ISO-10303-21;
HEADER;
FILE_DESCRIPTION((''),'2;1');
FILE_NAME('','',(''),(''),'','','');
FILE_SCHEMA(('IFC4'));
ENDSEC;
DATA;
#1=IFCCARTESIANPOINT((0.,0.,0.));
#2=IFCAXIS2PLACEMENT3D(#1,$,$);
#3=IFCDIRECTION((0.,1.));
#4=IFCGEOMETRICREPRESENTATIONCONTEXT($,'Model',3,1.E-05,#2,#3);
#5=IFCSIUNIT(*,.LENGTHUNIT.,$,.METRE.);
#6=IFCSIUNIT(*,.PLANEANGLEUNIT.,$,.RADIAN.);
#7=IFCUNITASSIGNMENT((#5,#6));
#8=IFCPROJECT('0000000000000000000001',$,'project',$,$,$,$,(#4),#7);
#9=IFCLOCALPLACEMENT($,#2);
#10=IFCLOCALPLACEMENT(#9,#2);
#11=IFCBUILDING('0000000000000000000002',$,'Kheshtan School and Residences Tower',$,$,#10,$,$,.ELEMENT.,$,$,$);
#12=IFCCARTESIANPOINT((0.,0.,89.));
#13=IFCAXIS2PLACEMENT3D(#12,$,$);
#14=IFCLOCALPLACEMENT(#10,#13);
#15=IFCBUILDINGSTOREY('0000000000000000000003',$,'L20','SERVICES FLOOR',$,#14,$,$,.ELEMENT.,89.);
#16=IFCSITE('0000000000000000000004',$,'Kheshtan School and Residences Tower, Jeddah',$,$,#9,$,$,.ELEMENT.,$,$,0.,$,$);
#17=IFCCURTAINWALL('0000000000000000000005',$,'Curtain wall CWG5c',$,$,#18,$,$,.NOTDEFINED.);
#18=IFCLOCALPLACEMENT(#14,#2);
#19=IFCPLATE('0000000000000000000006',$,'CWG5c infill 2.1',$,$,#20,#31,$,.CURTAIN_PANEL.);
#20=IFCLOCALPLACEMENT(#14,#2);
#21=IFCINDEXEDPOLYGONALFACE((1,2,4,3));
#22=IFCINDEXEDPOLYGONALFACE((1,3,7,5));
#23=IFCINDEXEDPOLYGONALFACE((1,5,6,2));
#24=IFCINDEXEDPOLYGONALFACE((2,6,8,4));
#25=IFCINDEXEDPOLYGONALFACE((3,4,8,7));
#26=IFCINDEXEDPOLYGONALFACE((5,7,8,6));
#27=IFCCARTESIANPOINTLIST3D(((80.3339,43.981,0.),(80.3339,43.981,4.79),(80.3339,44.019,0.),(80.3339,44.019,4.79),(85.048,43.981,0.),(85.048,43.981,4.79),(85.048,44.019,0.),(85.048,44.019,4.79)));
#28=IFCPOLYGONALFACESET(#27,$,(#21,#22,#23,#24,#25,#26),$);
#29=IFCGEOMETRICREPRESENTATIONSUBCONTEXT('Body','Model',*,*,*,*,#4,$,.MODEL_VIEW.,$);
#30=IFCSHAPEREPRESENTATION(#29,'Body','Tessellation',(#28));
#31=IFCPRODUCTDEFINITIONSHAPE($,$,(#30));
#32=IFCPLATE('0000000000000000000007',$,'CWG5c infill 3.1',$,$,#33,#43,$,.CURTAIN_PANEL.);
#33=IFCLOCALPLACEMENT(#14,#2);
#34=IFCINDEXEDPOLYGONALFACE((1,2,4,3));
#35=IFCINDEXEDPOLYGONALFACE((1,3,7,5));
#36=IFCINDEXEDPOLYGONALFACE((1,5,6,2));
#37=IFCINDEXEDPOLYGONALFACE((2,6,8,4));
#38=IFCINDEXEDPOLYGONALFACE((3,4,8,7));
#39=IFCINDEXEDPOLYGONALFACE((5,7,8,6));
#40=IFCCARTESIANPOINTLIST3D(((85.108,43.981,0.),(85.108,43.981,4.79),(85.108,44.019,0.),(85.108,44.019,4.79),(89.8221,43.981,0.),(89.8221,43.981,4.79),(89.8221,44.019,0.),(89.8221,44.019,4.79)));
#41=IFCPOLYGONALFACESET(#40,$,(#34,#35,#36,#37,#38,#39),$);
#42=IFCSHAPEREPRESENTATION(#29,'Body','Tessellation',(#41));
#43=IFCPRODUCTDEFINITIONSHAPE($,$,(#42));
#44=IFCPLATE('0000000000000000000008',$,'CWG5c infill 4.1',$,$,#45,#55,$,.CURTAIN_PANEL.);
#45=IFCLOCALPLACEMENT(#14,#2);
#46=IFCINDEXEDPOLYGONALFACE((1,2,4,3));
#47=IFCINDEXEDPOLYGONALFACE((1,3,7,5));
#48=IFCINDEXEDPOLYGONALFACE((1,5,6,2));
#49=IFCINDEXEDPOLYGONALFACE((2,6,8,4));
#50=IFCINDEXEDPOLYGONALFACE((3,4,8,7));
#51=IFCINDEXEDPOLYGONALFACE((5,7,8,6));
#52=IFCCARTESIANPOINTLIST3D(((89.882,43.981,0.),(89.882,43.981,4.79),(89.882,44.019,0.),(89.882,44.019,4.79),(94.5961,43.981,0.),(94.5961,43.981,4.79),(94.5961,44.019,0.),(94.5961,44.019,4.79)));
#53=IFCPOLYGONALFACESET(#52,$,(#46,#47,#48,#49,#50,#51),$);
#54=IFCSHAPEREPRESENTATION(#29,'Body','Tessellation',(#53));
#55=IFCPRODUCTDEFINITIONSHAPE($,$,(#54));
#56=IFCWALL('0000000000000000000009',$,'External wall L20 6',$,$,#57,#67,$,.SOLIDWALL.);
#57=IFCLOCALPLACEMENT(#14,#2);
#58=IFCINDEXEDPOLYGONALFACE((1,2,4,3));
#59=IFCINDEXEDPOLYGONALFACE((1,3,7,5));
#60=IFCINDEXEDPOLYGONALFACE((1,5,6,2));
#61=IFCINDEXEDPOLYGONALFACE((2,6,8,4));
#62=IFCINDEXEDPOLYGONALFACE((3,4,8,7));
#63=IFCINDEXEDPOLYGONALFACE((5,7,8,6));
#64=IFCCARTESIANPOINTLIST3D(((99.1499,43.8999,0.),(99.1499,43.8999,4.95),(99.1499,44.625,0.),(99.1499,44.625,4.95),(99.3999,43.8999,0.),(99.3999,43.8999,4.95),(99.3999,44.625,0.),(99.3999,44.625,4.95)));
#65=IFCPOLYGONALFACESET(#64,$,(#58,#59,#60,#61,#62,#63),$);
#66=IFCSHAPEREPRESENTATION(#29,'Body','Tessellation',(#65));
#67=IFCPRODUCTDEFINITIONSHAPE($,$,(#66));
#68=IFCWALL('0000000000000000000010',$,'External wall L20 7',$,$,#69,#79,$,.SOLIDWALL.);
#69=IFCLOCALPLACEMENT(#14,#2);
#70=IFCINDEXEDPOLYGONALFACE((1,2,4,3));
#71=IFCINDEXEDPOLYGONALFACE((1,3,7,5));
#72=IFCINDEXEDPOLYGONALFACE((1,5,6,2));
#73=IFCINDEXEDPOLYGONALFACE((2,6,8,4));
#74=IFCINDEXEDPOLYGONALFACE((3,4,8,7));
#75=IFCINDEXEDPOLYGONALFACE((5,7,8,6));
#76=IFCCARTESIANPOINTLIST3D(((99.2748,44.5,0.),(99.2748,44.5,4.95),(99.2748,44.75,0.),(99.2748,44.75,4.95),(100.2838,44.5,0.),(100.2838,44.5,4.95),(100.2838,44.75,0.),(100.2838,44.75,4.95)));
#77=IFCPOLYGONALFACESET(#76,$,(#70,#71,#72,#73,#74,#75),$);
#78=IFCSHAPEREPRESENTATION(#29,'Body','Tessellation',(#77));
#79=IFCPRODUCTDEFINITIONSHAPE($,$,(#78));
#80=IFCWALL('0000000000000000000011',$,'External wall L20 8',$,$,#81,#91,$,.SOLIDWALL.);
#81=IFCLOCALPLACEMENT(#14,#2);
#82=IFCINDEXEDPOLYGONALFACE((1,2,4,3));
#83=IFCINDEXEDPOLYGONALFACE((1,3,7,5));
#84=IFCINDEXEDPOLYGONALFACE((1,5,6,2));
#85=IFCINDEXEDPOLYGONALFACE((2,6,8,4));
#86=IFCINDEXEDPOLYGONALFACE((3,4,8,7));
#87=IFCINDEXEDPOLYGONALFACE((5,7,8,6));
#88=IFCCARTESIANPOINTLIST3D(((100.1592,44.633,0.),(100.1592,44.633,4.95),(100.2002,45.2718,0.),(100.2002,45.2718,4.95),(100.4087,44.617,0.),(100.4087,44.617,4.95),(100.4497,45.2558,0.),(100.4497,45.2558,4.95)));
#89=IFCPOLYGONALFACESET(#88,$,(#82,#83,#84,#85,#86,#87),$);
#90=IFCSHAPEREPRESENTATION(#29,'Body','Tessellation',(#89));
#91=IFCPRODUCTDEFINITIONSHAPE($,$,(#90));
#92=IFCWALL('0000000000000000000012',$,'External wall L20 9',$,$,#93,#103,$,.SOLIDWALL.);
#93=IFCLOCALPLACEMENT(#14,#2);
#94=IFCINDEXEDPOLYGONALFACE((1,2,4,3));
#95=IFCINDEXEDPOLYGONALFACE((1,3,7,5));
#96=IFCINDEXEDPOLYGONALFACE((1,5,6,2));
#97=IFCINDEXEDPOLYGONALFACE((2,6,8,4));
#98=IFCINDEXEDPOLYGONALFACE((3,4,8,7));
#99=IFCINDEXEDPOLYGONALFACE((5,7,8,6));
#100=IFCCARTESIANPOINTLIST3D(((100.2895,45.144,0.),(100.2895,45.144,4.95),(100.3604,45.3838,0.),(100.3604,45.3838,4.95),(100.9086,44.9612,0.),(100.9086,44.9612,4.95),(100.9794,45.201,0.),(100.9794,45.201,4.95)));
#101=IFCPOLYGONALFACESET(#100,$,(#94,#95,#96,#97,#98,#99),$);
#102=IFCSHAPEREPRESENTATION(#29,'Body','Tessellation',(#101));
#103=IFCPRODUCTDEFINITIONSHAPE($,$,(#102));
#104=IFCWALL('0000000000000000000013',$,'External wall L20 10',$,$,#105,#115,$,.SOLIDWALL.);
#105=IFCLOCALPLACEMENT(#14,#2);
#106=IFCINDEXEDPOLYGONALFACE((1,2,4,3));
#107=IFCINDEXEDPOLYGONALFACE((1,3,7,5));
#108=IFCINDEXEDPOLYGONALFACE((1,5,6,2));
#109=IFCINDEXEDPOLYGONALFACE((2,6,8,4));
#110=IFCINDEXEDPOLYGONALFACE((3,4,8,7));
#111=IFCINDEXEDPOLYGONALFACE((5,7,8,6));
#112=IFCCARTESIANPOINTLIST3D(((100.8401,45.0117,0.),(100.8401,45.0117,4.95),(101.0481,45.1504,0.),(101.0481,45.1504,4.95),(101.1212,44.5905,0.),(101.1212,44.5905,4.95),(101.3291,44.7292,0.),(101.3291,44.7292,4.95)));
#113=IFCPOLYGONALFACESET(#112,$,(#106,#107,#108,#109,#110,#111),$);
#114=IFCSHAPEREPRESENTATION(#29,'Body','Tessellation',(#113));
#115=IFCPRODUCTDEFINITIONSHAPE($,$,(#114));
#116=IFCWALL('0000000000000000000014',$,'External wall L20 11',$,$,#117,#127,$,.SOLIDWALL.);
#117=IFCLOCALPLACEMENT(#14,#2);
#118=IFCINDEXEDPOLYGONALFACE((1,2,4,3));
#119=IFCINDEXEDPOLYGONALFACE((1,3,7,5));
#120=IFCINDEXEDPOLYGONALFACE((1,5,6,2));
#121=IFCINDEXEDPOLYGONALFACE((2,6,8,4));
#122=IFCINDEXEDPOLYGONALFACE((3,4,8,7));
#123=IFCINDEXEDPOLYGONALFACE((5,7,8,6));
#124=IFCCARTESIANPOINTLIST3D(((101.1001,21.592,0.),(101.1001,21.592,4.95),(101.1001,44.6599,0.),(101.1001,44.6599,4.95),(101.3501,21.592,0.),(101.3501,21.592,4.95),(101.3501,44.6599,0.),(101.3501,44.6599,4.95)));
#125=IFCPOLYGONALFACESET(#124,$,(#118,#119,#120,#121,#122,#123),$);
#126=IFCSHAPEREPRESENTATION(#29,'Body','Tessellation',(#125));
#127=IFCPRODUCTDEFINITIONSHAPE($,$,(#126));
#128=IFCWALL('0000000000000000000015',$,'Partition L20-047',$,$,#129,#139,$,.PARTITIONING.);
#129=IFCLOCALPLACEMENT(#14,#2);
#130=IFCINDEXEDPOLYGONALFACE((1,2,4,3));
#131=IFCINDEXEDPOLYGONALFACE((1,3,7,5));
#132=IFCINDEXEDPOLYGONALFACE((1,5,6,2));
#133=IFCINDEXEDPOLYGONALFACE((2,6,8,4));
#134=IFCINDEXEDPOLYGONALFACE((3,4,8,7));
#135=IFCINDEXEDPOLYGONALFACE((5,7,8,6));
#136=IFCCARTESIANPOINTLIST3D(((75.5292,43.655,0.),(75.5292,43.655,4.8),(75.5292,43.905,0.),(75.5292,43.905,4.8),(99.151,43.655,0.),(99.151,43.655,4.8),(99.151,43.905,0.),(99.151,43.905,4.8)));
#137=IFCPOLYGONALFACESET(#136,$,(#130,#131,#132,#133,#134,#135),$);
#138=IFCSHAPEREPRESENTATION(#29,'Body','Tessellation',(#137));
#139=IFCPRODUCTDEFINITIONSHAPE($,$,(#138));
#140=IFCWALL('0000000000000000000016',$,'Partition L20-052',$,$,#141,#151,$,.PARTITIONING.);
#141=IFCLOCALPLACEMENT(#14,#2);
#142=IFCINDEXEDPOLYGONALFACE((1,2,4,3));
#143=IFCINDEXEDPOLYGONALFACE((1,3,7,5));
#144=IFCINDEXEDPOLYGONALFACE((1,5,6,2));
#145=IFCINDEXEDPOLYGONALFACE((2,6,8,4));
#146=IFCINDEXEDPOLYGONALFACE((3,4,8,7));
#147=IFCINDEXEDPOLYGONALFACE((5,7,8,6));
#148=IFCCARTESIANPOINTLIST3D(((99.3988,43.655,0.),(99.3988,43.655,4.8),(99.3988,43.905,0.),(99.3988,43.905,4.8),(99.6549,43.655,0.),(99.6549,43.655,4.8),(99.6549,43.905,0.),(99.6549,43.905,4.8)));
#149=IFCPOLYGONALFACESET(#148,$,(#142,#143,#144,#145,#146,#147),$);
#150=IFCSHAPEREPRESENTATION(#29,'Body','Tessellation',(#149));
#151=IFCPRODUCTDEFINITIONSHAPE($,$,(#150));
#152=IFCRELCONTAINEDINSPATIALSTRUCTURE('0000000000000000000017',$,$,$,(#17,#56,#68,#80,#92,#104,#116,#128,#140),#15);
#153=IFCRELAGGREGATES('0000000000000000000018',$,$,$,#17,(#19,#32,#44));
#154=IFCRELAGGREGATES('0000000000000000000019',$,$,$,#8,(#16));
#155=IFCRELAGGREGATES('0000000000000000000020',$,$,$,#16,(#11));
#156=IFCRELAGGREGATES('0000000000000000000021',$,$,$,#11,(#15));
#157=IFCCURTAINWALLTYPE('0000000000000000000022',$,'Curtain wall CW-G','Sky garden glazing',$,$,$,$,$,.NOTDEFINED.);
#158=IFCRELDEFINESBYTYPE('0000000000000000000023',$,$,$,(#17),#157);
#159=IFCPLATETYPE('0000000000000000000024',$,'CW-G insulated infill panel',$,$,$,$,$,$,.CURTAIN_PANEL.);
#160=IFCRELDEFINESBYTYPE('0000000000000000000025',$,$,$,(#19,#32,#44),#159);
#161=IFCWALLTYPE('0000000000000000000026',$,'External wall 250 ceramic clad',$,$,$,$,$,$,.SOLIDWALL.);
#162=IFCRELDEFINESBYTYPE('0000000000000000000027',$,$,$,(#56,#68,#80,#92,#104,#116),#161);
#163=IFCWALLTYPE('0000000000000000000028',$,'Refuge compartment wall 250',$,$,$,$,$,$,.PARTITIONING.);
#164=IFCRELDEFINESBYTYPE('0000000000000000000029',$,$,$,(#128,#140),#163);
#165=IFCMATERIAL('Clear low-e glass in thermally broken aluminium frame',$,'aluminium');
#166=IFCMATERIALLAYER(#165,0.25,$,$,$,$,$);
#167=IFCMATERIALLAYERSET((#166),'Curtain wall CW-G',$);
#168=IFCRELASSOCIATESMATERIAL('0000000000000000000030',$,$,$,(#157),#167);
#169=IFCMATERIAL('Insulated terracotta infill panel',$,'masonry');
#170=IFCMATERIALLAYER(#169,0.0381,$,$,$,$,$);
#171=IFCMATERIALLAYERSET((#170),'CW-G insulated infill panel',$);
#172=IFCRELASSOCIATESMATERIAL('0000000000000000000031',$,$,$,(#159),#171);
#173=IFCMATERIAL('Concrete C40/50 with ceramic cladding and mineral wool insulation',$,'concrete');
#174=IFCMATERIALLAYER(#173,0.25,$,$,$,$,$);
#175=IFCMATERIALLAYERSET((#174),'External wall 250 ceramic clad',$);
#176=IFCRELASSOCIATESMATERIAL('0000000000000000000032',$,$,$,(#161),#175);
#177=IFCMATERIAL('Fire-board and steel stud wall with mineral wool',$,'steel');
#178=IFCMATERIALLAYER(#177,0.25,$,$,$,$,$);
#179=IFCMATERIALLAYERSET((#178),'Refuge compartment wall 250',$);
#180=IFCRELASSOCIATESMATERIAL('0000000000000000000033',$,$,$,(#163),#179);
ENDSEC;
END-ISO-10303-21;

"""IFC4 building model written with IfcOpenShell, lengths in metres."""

from ifc_helpers import new_model, si_unit, direction, frame, frame_2d, origin, origin_2d, place, context, subcontext, project, spatial, rectangle, extrude, material, layer, layer_set, type_object, element, aggregate, save


model = new_model("IFC4")

# Units and contexts
model_context = context("Model", 3, precision=1e-05, world=origin(), true_north=direction((0.0, 1.0)))
body_context = subcontext(model_context, "Body", "Model", "MODEL_VIEW")
ifc_project = project(units=[si_unit("LENGTHUNIT", "METRE"), si_unit("PLANEANGLEUNIT", "RADIAN")], contexts=[model_context])

# Site, building, storey
site_placement = place(None, origin())
site = spatial("IfcSite", under=ifc_project, at=site_placement, Name="Kheshtan School and Residences Tower, Jeddah", CompositionType="ELEMENT", RefElevation=0.0)
building_placement = place(site_placement, origin())
building = spatial("IfcBuilding", under=site, at=building_placement, Name="Kheshtan School and Residences Tower", CompositionType="ELEMENT")
storey_placement = place(building_placement, frame((0.0, 0.0, 89.0)))
storey = spatial("IfcBuildingStorey", under=building, at=storey_placement, Name="L20", Description="SERVICES FLOOR", CompositionType="ELEMENT", Elevation=89.0)

# Shared definitions
ifc_material_1 = material(Name="Clear low-e glass in thermally broken aluminium frame", Category="aluminium")
ifc_layer_1 = layer(ifc_material_1, 0.25)
ifc_layer_set_1 = layer_set([ifc_layer_1], Name="Curtain wall CW-G")
curtain_wall_type = type_object("IfcCurtainWallType", Name="Curtain wall CW-G", Description="Sky garden glazing", PredefinedType="NOTDEFINED", material=ifc_layer_set_1)

# Curtain wall
curtain_wall_1_placement = place(storey_placement, origin())
curtain_wall_1 = element("IfcCurtainWall", 1, at=curtain_wall_1_placement, inside=storey, type_object=curtain_wall_type, Name="Curtain wall CWG5c", PredefinedType="NOTDEFINED")

# Plates
ifc_material_2 = material(Name="Insulated terracotta infill panel", Category="masonry")
ifc_layer_2 = layer(ifc_material_2, 0.0381)
ifc_layer_set_2 = layer_set([ifc_layer_2], Name="CW-G insulated infill panel")
plate_type_1 = type_object("IfcPlateType", Name="CW-G insulated infill panel", PredefinedType="CURTAIN_PANEL", material=ifc_layer_set_2)
plate_1_placement = place(storey_placement, frame((82.6909, 44.0, 0.0), z_axis=(0.0, 0.0, 1.0), x_axis=(1.0, 0.0, 0.0)))
plate_1 = element("IfcPlate", 2, at=plate_1_placement, type_object=plate_type_1, Name="CWG5c infill 2.1", PredefinedType="CURTAIN_PANEL", context=body_context, shape_type="SweptSolid", body=[
    extrude(rectangle(XDim=4.7141, YDim=0.0381, at=origin_2d()), origin(), (0.0, 0.0, 1.0), 4.79),
])
plate_2_placement = place(storey_placement, frame((87.4651, 44.0, 0.0), z_axis=(0.0, 0.0, 1.0), x_axis=(1.0, 0.0, 0.0)))
plate_2 = element("IfcPlate", 3, at=plate_2_placement, type_object=plate_type_1, Name="CWG5c infill 3.1", PredefinedType="CURTAIN_PANEL", context=body_context, shape_type="SweptSolid", body=[
    extrude(rectangle(XDim=4.7141, YDim=0.0381, at=origin_2d()), origin(), (0.0, 0.0, 1.0), 4.79),
])
plate_3_placement = place(storey_placement, frame((92.239, 44.0, 0.0), z_axis=(0.0, 0.0, 1.0), x_axis=(1.0, 0.0, 0.0)))
plate_3 = element("IfcPlate", 4, at=plate_3_placement, type_object=plate_type_1, Name="CWG5c infill 4.1", PredefinedType="CURTAIN_PANEL", context=body_context, shape_type="SweptSolid", body=[
    extrude(rectangle(XDim=4.7141, YDim=0.0381, at=origin_2d()), origin(), (0.0, 0.0, 1.0), 4.79),
])
aggregate(curtain_wall_1, [plate_1, plate_2, plate_3])

# Walls
ifc_material_3 = material(Name="Concrete C40/50 with ceramic cladding and mineral wool insulation", Category="concrete")
ifc_layer_3 = layer(ifc_material_3, 0.25)
ifc_layer_set_3 = layer_set([ifc_layer_3], Name="External wall 250 ceramic clad")
wall_type_1 = type_object("IfcWallType", Name="External wall 250 ceramic clad", PredefinedType="SOLIDWALL", material=ifc_layer_set_3)
wall_1_placement = place(storey_placement, frame((99.2749, 43.8999, 0.0), z_axis=(0.0, 0.0, 1.0), x_axis=(0.0, 1.0, 0.0)))
element("IfcWall", 5, at=wall_1_placement, inside=storey, type_object=wall_type_1, Name="External wall L20 6", PredefinedType="SOLIDWALL", context=body_context, shape_type="SweptSolid", body=[
    extrude(rectangle(XDim=0.7251, YDim=0.25, at=frame_2d((0.3625, 0.0))), origin(), (0.0, 0.0, 1.0), 4.95),
])
wall_2_placement = place(storey_placement, frame((99.2749, 44.625, 0.0), z_axis=(0.0, 0.0, 1.0), x_axis=(1.0, 0.0, 0.0)))
element("IfcWall", 6, at=wall_2_placement, inside=storey, type_object=wall_type_1, Name="External wall L20 7", PredefinedType="SOLIDWALL", context=body_context, shape_type="SweptSolid", body=[
    extrude(rectangle(XDim=1.009, YDim=0.25, at=frame_2d((0.5044, 0.0))), origin(), (0.0, 0.0, 1.0), 4.95),
])
wall_3_placement = place(storey_placement, frame((100.2839, 44.625, 0.0), z_axis=(0.0, 0.0, 1.0), x_axis=(0.064064, 0.997946, 0.0)))
element("IfcWall", 7, at=wall_3_placement, inside=storey, type_object=wall_type_1, Name="External wall L20 8", PredefinedType="SOLIDWALL", context=body_context, shape_type="SweptSolid", body=[
    extrude(rectangle(XDim=0.6401, YDim=0.25, at=frame_2d((0.3201, 0.0))), origin(), (0.0, 0.0, 1.0), 4.95),
])
wall_4_placement = place(storey_placement, frame((100.325, 45.2639, 0.0), z_axis=(0.0, 0.0, 1.0), x_axis=(0.959046, -0.283251, 0.0)))
element("IfcWall", 8, at=wall_4_placement, inside=storey, type_object=wall_type_1, Name="External wall L20 9", PredefinedType="SOLIDWALL", context=body_context, shape_type="SweptSolid", body=[
    extrude(rectangle(XDim=0.6455, YDim=0.25, at=frame_2d((0.3228, 0.0))), origin(), (0.0, 0.0, 1.0), 4.95),
])
wall_5_placement = place(storey_placement, frame((100.9441, 45.0811, 0.0), z_axis=(0.0, 0.0, 1.0), x_axis=(0.555034, -0.831828, 0.0)))
element("IfcWall", 9, at=wall_5_placement, inside=storey, type_object=wall_type_1, Name="External wall L20 10", PredefinedType="SOLIDWALL", context=body_context, shape_type="SweptSolid", body=[
    extrude(rectangle(XDim=0.5063, YDim=0.25, at=frame_2d((0.2532, 0.0))), origin(), (0.0, 0.0, 1.0), 4.95),
])
wall_6_placement = place(storey_placement, frame((101.2251, 44.6599, 0.0), z_axis=(0.0, 0.0, 1.0), x_axis=(0.0, -1.0, 0.0)))
element("IfcWall", 10, at=wall_6_placement, inside=storey, type_object=wall_type_1, Name="External wall L20 11", PredefinedType="SOLIDWALL", context=body_context, shape_type="SweptSolid", body=[
    extrude(rectangle(XDim=23.0679, YDim=0.25, at=frame_2d((11.5339, 0.0))), origin(), (0.0, 0.0, 1.0), 4.95),
])

# Walls
ifc_material_4 = material(Name="Fire-board and steel stud wall with mineral wool", Category="steel")
ifc_layer_4 = layer(ifc_material_4, 0.25)
ifc_layer_set_4 = layer_set([ifc_layer_4], Name="Refuge compartment wall 250")
wall_type_2 = type_object("IfcWallType", Name="Refuge compartment wall 250", PredefinedType="PARTITIONING", material=ifc_layer_set_4)
wall_7_placement = place(storey_placement, frame((75.5291, 43.78, 0.0), z_axis=(0.0, 0.0, 1.0), x_axis=(1.0, 0.0, 0.0)))
element("IfcWall", 11, at=wall_7_placement, inside=storey, type_object=wall_type_2, Name="Partition L20-047", PredefinedType="PARTITIONING", context=body_context, shape_type="SweptSolid", body=[
    extrude(rectangle(XDim=23.6218, YDim=0.25, at=frame_2d((11.811, 0.0))), origin(), (0.0, 0.0, 1.0), 4.8),
])
wall_8_placement = place(storey_placement, frame((99.3989, 43.78, 0.0), z_axis=(0.0, 0.0, 1.0), x_axis=(1.0, 0.0, 0.0)))
element("IfcWall", 12, at=wall_8_placement, inside=storey, type_object=wall_type_2, Name="Partition L20-052", PredefinedType="PARTITIONING", context=body_context, shape_type="SweptSolid", body=[
    extrude(rectangle(XDim=0.2561, YDim=0.25, at=frame_2d((0.1279, 0.0))), origin(), (0.0, 0.0, 1.0), 4.8),
])

save(model, "model.ifc")
